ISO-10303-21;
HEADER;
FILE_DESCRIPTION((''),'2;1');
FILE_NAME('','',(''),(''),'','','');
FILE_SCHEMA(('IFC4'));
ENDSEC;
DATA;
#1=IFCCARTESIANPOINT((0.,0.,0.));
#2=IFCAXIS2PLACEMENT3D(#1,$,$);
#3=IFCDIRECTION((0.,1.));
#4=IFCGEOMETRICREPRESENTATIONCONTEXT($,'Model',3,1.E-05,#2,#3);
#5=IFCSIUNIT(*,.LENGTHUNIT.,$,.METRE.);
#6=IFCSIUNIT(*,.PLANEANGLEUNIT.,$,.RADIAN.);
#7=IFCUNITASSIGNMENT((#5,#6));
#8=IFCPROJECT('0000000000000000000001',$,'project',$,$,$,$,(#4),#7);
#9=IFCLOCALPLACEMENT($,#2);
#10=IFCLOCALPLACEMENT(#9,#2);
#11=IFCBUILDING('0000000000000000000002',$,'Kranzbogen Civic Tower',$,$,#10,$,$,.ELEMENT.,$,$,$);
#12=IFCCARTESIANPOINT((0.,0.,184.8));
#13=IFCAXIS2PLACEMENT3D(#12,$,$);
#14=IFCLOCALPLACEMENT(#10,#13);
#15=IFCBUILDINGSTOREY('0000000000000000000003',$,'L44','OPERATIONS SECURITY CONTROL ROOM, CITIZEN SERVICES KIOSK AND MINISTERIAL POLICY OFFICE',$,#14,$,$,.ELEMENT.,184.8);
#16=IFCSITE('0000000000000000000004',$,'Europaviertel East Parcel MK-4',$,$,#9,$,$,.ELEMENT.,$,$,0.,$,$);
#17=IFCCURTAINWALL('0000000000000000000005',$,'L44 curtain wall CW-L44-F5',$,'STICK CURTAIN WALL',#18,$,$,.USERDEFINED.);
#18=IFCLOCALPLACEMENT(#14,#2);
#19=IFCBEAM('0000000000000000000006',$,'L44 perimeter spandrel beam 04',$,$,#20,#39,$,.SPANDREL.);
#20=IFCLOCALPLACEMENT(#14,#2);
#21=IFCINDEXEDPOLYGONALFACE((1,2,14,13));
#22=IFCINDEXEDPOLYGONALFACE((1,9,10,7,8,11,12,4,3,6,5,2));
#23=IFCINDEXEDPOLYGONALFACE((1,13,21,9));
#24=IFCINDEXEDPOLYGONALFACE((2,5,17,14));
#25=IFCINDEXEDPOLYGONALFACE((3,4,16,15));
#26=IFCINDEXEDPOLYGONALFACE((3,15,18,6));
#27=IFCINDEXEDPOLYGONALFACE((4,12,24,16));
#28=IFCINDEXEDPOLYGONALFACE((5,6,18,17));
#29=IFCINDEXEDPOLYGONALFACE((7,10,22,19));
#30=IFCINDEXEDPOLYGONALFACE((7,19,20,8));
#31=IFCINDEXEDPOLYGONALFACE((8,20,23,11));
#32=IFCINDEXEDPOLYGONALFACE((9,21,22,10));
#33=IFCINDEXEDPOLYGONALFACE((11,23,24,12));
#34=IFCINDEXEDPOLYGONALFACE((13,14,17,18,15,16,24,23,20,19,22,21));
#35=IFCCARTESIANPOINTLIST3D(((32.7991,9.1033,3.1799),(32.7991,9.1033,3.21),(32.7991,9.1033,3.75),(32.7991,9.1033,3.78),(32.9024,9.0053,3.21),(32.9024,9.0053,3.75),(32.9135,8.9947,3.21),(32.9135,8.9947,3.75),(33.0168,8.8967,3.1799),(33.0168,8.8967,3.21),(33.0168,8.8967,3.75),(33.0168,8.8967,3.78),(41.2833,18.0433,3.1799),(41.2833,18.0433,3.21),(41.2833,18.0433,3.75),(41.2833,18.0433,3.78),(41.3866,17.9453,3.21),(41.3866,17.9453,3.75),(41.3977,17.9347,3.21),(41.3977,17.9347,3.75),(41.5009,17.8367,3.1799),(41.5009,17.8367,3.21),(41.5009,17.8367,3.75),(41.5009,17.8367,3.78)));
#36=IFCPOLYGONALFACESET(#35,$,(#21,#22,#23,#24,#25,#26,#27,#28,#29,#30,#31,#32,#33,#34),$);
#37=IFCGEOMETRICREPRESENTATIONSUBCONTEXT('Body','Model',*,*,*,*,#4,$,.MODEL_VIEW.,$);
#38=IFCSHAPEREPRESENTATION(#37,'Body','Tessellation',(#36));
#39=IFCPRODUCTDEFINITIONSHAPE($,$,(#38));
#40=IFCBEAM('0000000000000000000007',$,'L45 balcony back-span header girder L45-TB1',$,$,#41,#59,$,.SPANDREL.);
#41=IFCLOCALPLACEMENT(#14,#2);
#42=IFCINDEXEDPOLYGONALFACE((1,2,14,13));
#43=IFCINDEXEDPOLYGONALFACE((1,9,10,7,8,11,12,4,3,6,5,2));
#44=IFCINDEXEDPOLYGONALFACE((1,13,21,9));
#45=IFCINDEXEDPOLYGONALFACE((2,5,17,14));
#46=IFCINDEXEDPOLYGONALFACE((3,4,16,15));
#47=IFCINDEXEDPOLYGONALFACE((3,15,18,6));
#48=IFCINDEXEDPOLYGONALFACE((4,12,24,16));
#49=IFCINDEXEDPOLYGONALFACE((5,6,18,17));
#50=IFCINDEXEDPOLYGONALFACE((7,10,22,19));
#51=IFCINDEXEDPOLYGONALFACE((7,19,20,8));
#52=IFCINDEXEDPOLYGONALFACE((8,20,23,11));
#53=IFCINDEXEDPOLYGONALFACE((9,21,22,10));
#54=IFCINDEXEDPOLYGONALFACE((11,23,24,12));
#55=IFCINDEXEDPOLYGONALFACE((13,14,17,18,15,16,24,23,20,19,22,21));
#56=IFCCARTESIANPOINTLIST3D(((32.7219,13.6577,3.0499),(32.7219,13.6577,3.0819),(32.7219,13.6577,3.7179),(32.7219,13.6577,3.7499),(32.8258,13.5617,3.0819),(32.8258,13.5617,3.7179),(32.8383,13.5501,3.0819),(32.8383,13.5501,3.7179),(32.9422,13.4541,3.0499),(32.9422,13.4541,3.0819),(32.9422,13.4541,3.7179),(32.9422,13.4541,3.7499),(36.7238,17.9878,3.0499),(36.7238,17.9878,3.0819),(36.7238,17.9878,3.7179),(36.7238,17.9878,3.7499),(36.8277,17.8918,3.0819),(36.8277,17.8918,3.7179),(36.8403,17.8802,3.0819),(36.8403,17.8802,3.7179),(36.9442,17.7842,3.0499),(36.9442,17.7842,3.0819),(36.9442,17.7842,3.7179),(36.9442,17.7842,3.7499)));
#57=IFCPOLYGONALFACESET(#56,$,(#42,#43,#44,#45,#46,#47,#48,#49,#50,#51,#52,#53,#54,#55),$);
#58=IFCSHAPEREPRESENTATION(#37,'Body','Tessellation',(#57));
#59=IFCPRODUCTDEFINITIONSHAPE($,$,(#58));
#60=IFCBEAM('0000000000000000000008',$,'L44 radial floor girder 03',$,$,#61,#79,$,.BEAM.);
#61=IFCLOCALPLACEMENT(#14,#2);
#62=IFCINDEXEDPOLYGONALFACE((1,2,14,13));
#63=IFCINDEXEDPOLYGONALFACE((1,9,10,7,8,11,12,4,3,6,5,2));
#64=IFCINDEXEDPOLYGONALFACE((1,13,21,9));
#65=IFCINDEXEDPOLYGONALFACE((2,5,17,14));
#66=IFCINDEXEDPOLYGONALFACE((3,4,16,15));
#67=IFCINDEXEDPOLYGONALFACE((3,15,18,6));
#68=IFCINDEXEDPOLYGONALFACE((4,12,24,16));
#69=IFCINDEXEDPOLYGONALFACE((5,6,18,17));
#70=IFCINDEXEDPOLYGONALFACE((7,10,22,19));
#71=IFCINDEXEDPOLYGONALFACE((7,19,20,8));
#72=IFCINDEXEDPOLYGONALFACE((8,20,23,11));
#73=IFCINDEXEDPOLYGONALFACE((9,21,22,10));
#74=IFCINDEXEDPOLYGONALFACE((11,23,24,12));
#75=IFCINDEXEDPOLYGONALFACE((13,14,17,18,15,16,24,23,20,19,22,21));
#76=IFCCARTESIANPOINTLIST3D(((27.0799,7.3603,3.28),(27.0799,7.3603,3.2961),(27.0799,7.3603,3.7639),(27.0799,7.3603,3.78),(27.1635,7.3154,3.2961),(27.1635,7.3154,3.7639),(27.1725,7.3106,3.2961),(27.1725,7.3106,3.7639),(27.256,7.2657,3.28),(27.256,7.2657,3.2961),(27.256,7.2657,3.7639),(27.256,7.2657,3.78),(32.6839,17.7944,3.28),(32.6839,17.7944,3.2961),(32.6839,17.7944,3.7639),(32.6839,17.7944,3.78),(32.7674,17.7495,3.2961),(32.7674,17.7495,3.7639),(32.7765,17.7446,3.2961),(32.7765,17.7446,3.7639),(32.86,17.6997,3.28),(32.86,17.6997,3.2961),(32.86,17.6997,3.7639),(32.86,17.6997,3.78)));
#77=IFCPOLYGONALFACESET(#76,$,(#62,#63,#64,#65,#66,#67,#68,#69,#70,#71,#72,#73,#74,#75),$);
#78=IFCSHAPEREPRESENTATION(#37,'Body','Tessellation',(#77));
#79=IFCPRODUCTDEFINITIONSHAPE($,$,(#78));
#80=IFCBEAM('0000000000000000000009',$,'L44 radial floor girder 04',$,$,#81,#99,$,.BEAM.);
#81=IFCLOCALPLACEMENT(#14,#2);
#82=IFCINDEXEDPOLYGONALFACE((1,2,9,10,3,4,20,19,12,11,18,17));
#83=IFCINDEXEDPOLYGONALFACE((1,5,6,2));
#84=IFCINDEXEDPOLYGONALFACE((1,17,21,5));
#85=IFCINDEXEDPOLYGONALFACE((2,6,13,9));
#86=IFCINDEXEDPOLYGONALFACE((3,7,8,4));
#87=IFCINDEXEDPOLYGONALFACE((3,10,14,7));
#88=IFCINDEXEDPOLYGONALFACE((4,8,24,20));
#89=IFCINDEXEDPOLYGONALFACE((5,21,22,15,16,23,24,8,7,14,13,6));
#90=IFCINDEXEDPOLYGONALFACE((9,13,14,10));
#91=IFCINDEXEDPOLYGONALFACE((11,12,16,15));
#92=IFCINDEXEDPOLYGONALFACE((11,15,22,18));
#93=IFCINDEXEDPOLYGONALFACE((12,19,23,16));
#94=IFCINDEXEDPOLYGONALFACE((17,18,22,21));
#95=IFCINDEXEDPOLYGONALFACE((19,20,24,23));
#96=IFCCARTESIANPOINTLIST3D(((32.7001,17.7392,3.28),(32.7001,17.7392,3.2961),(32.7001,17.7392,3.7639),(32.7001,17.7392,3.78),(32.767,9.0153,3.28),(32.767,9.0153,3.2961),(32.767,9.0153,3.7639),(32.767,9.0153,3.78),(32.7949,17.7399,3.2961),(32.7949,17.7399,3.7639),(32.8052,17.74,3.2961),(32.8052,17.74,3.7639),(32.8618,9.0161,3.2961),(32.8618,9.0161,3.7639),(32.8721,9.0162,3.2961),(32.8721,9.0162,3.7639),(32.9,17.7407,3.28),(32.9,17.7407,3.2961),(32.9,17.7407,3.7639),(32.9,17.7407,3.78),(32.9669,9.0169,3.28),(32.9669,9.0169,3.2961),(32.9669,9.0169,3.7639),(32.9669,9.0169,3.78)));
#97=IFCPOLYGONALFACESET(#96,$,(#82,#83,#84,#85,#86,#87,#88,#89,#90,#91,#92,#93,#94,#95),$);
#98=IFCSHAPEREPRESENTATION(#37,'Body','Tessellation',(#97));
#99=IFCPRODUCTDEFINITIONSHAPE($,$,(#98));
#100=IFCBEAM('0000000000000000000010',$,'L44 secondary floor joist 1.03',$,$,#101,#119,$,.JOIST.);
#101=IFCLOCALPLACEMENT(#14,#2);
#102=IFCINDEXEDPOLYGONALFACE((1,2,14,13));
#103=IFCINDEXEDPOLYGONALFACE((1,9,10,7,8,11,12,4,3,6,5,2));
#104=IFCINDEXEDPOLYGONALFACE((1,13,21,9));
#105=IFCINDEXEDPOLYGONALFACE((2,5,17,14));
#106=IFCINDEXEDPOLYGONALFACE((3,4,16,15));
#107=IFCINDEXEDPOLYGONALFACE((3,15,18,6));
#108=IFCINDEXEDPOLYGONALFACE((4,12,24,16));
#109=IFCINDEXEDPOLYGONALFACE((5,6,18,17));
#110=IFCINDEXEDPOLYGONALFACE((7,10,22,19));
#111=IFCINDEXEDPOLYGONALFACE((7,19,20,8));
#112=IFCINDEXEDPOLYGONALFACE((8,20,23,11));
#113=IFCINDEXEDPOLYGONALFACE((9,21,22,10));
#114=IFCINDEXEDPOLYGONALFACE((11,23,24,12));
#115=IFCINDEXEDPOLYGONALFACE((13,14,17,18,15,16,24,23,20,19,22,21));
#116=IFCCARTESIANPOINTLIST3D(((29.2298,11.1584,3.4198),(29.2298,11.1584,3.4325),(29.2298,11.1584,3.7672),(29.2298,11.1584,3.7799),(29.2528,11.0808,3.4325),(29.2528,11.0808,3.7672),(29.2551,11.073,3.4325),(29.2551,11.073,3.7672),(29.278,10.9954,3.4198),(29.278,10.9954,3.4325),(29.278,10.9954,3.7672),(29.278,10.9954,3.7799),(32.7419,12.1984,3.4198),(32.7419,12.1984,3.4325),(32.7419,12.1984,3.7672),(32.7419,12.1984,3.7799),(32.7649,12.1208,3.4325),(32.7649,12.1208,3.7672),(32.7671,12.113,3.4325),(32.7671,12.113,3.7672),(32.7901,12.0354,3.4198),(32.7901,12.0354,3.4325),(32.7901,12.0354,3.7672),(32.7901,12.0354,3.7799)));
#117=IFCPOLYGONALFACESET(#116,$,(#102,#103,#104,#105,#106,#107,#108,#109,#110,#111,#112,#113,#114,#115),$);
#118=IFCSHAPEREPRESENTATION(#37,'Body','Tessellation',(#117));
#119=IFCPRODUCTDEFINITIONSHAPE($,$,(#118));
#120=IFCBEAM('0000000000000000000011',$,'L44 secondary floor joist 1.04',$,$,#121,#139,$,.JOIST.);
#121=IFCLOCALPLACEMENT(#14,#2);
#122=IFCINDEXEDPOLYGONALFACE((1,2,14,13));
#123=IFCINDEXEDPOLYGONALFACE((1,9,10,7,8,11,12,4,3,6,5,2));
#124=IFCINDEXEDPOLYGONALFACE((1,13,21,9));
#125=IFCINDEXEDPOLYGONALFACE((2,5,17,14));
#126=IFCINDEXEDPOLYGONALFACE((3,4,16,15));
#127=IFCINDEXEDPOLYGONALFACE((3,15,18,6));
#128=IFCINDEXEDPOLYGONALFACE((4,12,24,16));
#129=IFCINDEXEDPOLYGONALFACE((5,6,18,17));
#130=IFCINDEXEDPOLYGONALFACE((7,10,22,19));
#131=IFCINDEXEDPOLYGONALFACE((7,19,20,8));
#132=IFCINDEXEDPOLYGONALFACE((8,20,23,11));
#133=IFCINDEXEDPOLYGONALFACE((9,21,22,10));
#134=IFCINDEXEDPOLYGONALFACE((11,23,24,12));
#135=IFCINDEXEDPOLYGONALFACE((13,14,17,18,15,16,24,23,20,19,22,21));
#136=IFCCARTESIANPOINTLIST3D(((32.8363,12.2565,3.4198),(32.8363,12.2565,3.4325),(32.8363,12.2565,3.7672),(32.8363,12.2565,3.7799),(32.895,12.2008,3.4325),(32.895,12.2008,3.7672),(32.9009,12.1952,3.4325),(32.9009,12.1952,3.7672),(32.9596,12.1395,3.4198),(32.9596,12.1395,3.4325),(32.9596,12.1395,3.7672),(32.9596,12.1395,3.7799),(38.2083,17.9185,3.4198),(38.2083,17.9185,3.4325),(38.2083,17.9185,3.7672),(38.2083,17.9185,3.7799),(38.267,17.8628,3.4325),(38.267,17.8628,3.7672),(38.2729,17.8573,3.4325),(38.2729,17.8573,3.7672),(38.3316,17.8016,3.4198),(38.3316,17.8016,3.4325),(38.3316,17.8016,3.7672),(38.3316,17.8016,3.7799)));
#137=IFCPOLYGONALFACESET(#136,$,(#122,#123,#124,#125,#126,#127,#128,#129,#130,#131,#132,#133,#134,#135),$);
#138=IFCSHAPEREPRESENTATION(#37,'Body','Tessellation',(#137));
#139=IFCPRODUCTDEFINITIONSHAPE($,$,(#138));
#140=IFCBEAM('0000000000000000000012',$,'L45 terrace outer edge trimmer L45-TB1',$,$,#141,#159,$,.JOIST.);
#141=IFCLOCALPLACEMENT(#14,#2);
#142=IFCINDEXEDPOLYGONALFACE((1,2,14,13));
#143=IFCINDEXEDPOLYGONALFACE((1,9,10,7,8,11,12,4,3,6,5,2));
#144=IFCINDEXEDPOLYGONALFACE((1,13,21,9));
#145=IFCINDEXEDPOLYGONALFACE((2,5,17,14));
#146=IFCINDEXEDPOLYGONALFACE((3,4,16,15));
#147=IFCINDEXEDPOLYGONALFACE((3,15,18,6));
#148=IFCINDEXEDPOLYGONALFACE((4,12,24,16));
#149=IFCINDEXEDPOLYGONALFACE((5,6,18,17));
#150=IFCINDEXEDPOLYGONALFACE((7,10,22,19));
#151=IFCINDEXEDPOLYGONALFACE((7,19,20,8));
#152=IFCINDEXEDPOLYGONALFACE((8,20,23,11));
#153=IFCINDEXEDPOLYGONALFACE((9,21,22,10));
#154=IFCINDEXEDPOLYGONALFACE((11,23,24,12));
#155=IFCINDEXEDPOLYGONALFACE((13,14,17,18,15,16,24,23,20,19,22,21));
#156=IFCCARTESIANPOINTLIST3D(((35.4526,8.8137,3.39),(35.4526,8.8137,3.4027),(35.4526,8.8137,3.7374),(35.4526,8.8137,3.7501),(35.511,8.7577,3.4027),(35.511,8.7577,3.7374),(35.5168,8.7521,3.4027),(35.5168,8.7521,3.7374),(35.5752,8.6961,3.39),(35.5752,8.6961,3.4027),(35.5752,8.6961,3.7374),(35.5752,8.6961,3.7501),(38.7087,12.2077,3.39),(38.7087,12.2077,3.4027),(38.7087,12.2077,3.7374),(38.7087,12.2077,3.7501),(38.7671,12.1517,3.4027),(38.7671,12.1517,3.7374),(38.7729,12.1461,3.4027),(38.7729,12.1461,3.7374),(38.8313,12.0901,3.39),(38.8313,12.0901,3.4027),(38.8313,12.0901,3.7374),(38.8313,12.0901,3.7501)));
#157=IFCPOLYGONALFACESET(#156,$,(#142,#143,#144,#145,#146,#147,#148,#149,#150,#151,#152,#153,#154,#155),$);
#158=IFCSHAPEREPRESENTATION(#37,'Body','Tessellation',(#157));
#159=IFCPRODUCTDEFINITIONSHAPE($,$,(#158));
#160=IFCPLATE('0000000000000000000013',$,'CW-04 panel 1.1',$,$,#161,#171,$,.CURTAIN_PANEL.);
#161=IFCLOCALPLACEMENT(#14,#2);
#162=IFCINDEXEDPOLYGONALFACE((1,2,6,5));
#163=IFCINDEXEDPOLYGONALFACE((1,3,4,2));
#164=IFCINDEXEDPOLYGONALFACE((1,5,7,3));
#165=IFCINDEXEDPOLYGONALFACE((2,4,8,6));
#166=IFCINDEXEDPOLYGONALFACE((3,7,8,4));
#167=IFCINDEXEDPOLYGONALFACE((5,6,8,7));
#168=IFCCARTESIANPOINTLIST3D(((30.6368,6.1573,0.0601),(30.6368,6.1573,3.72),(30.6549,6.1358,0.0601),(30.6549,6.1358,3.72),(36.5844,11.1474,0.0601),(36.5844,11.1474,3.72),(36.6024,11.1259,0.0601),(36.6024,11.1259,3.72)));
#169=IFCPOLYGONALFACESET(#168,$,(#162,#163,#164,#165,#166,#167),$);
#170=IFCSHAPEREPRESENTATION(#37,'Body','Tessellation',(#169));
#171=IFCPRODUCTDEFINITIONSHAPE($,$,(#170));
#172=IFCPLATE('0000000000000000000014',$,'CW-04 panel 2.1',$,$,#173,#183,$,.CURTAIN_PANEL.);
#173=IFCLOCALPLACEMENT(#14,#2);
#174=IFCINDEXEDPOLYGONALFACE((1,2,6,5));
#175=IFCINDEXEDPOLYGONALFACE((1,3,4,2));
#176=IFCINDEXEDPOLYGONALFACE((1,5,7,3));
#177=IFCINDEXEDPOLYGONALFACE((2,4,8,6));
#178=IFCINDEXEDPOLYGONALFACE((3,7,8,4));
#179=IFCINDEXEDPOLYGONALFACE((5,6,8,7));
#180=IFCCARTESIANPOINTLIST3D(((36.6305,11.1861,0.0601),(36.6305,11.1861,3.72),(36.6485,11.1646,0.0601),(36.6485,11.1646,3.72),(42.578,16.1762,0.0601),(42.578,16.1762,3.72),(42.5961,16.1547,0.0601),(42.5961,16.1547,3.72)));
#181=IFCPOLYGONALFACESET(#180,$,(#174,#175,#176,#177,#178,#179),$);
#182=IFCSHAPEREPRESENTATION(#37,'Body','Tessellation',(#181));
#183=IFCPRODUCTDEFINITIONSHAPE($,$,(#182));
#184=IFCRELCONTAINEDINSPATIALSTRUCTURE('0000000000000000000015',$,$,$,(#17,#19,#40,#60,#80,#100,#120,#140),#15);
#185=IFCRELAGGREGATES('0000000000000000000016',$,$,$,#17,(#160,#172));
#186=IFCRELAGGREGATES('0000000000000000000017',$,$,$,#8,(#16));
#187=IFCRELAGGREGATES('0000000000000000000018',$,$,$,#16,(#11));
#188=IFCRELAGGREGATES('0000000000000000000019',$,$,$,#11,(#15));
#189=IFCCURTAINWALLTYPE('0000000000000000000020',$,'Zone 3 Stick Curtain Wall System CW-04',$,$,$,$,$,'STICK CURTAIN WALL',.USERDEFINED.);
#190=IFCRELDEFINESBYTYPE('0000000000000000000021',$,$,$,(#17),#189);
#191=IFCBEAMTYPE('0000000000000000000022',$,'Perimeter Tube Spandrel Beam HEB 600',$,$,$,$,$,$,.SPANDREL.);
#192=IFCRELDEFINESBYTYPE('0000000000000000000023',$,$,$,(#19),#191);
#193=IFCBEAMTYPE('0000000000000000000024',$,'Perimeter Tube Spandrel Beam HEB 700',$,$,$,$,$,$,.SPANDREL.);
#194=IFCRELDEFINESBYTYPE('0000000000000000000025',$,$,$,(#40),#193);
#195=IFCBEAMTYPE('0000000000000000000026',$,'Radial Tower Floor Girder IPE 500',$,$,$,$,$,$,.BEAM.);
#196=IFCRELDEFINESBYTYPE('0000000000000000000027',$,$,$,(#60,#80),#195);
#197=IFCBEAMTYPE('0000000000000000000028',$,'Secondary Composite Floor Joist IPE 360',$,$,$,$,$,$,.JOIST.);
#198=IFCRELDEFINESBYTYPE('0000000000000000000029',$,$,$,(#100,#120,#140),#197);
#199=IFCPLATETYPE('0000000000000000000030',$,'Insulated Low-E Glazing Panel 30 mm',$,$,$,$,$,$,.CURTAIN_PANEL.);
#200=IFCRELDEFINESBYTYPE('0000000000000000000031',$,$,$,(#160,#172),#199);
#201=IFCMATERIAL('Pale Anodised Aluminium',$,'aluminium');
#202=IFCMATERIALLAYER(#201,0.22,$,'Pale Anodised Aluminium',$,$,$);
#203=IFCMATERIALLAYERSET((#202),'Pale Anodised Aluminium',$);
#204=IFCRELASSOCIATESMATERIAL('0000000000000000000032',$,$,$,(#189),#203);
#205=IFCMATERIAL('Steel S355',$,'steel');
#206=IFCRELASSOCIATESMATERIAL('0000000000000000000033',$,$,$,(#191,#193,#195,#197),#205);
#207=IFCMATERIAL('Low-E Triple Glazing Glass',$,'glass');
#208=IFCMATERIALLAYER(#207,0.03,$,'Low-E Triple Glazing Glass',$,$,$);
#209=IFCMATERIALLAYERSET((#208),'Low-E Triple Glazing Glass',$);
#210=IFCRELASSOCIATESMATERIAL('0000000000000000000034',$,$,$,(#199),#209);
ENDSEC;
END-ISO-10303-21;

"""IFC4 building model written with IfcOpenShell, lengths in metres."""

from ifc_helpers import new_model, si_unit, direction, frame, origin, origin_2d, place, context, subcontext, project, spatial, rectangle, i_section, extrude, material, layer, layer_set, material_profile, profile_set, type_object, element, aggregate, save


model = new_model("IFC4")

# Units and contexts
model_context = context("Model", 3, precision=1e-05, world=origin(), true_north=direction((0.0, 1.0)))
body_context = subcontext(model_context, "Body", "Model", "MODEL_VIEW")
ifc_project = project(units=[si_unit("LENGTHUNIT", "METRE"), si_unit("PLANEANGLEUNIT", "RADIAN")], contexts=[model_context])

# Site, building, storey
site_placement = place(None, origin())
site = spatial("IfcSite", under=ifc_project, at=site_placement, Name="Europaviertel East Parcel MK-4", CompositionType="ELEMENT", RefElevation=0.0)
building_placement = place(site_placement, origin())
building = spatial("IfcBuilding", under=site, at=building_placement, Name="Kranzbogen Civic Tower", CompositionType="ELEMENT")
storey_placement = place(building_placement, frame((0.0, 0.0, 184.8)))
storey = spatial("IfcBuildingStorey", under=building, at=storey_placement, Name="L44", Description="OPERATIONS SECURITY CONTROL ROOM, CITIZEN SERVICES KIOSK AND MINISTERIAL POLICY OFFICE", CompositionType="ELEMENT", Elevation=184.8)

# Shared definitions
ifc_material_1 = material(Name="Steel S355", Category="steel")

# Curtain wall
ifc_material_2 = material(Name="Pale Anodised Aluminium", Category="aluminium")
ifc_layer_1 = layer(ifc_material_2, 0.22, Name="Pale Anodised Aluminium")
ifc_layer_set_1 = layer_set([ifc_layer_1], Name="Pale Anodised Aluminium")
curtain_wall_type = type_object("IfcCurtainWallType", Name="Zone 3 Stick Curtain Wall System CW-04", ElementType="STICK CURTAIN WALL", PredefinedType="USERDEFINED", material=ifc_layer_set_1)
curtain_wall_placement = place(storey_placement, origin())
curtain_wall = element("IfcCurtainWall", 1, at=curtain_wall_placement, inside=storey, type_object=curtain_wall_type, Name="L44 curtain wall CW-L44-F5", ObjectType="STICK CURTAIN WALL", PredefinedType="USERDEFINED")

# Beams
ifc_material_profile_1 = material_profile(ifc_material_1, i_section(OverallWidth=0.3, OverallDepth=0.6001, WebThickness=0.0154, FlangeThickness=0.03, at=origin_2d()), Name="HEB 600")
ifc_profile_set_1 = profile_set([ifc_material_profile_1], Name="Steel S355")
beam_type_1 = type_object("IfcBeamType", Name="Perimeter Tube Spandrel Beam HEB 600", PredefinedType="SPANDREL", material=ifc_profile_set_1)
beam_1_placement = place(storey_placement, frame((32.908, 9.0, 3.48), z_axis=(0.688373, 0.725356, 0.0), x_axis=(-0.725356, 0.688373, 0.0)))
element("IfcBeam", 2, at=beam_1_placement, inside=storey, type_object=beam_type_1, Name="L44 perimeter spandrel beam 04", PredefinedType="SPANDREL", context=body_context, shape_type="SweptSolid", body=[
    extrude(i_section(OverallWidth=0.3, OverallDepth=0.6001, WebThickness=0.0154, FlangeThickness=0.03, at=origin_2d()), origin(), (0.0, 0.0, 1.0), 12.325),
])
ifc_material_profile_2 = material_profile(ifc_material_1, i_section(OverallWidth=0.3, OverallDepth=0.7, WebThickness=0.0171, FlangeThickness=0.032, at=origin_2d()), Name="HEB 700")
ifc_profile_set_2 = profile_set([ifc_material_profile_2], Name="Steel S355")
beam_type_2 = type_object("IfcBeamType", Name="Perimeter Tube Spandrel Beam HEB 700", PredefinedType="SPANDREL", material=ifc_profile_set_2)
beam_2_placement = place(storey_placement, frame((32.832, 13.5559, 3.3999), z_axis=(0.678734, 0.734384, 0.0), x_axis=(-0.734384, 0.678734, 0.0)))
element("IfcBeam", 3, at=beam_2_placement, inside=storey, type_object=beam_type_2, Name="L45 balcony back-span header girder L45-TB1", PredefinedType="SPANDREL", context=body_context, shape_type="SweptSolid", body=[
    extrude(i_section(OverallWidth=0.3, OverallDepth=0.7, WebThickness=0.0171, FlangeThickness=0.032, at=origin_2d()), origin(), (0.0, 0.0, 1.0), 5.8962),
])
ifc_material_profile_3 = material_profile(ifc_material_1, i_section(OverallWidth=0.2, OverallDepth=0.5, WebThickness=0.0103, FlangeThickness=0.0161, at=origin_2d()), Name="IPE 500")
ifc_profile_set_3 = profile_set([ifc_material_profile_3], Name="Steel S355")
beam_type_3 = type_object("IfcBeamType", Name="Radial Tower Floor Girder IPE 500", PredefinedType="BEAM", material=ifc_profile_set_3)
beam_3_placement = place(storey_placement, frame((27.168, 7.313, 3.53), z_axis=(0.47316, 0.880976, 0.0), x_axis=(-0.880976, 0.47316, 0.0)))
element("IfcBeam", 4, at=beam_3_placement, inside=storey, type_object=beam_type_3, Name="L44 radial floor girder 03", PredefinedType="BEAM", context=body_context, shape_type="SweptSolid", body=[
    extrude(i_section(OverallWidth=0.2, OverallDepth=0.5, WebThickness=0.0103, FlangeThickness=0.0161, at=origin_2d()), origin(), (0.0, 0.0, 1.0), 11.8438),
])
beam_4_placement = place(storey_placement, frame((32.8669, 9.0161, 3.53), z_axis=(-0.007668, 0.999971, 0.0), x_axis=(-0.999971, -0.007668, 0.0)))
element("IfcBeam", 5, at=beam_4_placement, inside=storey, type_object=beam_type_3, Name="L44 radial floor girder 04", PredefinedType="BEAM", context=body_context, shape_type="SweptSolid", body=[
    extrude(i_section(OverallWidth=0.2, OverallDepth=0.5, WebThickness=0.0103, FlangeThickness=0.0161, at=origin_2d()), origin(), (0.0, 0.0, 1.0), 8.7241),
])
ifc_material_profile_4 = material_profile(ifc_material_1, i_section(OverallWidth=0.1699, OverallDepth=0.3601, WebThickness=0.0081, FlangeThickness=0.0127, at=origin_2d()), Name="IPE 360")
ifc_profile_set_4 = profile_set([ifc_material_profile_4], Name="Steel S355")
beam_type_4 = type_object("IfcBeamType", Name="Secondary Composite Floor Joist IPE 360", PredefinedType="JOIST", material=ifc_profile_set_4)
beam_5_placement = place(storey_placement, frame((29.2539, 11.0769, 3.5999), z_axis=(0.958844, 0.283934, 0.0), x_axis=(-0.283934, 0.958844, 0.0)))
element("IfcBeam", 6, at=beam_5_placement, inside=storey, type_object=beam_type_4, Name="L44 secondary floor joist 1.03", PredefinedType="JOIST", context=body_context, shape_type="SweptSolid", body=[
    extrude(i_section(OverallWidth=0.1699, OverallDepth=0.3601, WebThickness=0.0081, FlangeThickness=0.0127, at=origin_2d()), origin(), (0.0, 0.0, 1.0), 3.6628),
])
beam_6_placement = place(storey_placement, frame((32.8979, 12.198, 3.5999), z_axis=(0.688282, 0.725443, 0.0), x_axis=(-0.725443, 0.688282, 0.0)))
element("IfcBeam", 7, at=beam_6_placement, inside=storey, type_object=beam_type_4, Name="L44 secondary floor joist 1.04", PredefinedType="JOIST", context=body_context, shape_type="SweptSolid", body=[
    extrude(i_section(OverallWidth=0.1699, OverallDepth=0.3601, WebThickness=0.0081, FlangeThickness=0.0127, at=origin_2d()), origin(), (0.0, 0.0, 1.0), 7.8049),
])
beam_7_placement = place(storey_placement, frame((35.5139, 8.7549, 3.5701), z_axis=(0.692291, 0.721619, 0.0), x_axis=(-0.721619, 0.692291, 0.0)))
element("IfcBeam", 8, at=beam_7_placement, inside=storey, type_object=beam_type_4, Name="L45 terrace outer edge trimmer L45-TB1", PredefinedType="JOIST", context=body_context, shape_type="SweptSolid", body=[
    extrude(i_section(OverallWidth=0.1699, OverallDepth=0.3601, WebThickness=0.0081, FlangeThickness=0.0127, at=origin_2d()), origin(), (0.0, 0.0, 1.0), 4.7034),
])

# Plates
ifc_material_3 = material(Name="Low-E Triple Glazing Glass", Category="glass")
ifc_layer_2 = layer(ifc_material_3, 0.03, Name="Low-E Triple Glazing Glass")
ifc_layer_set_2 = layer_set([ifc_layer_2], Name="Low-E Triple Glazing Glass")
plate_type = type_object("IfcPlateType", Name="Insulated Low-E Glazing Panel 30 mm", PredefinedType="CURTAIN_PANEL", material=ifc_layer_set_2)
plate_1_placement = place(storey_placement, frame((33.6196, 8.6416, 0.0601), z_axis=(0.0, 0.0, 1.0), x_axis=(0.766072, 0.642755, 0.0)))
plate_1 = element("IfcPlate", 9, at=plate_1_placement, type_object=plate_type, Name="CW-04 panel 1.1", PredefinedType="CURTAIN_PANEL", context=body_context, shape_type="SweptSolid", body=[
    extrude(rectangle(XDim=7.7637, YDim=0.0281, at=origin_2d()), origin(), (0.0, 0.0, 1.0), 3.6599),
])
plate_2_placement = place(storey_placement, frame((39.6133, 13.6704, 0.0601), z_axis=(0.0, 0.0, 1.0), x_axis=(0.766072, 0.642755, 0.0)))
plate_2 = element("IfcPlate", 10, at=plate_2_placement, type_object=plate_type, Name="CW-04 panel 2.1", PredefinedType="CURTAIN_PANEL", context=body_context, shape_type="SweptSolid", body=[
    extrude(rectangle(XDim=7.7637, YDim=0.0281, at=origin_2d()), origin(), (0.0, 0.0, 1.0), 3.6599),
])
aggregate(curtain_wall, [plate_1, plate_2])

save(model, "model.ifc")
